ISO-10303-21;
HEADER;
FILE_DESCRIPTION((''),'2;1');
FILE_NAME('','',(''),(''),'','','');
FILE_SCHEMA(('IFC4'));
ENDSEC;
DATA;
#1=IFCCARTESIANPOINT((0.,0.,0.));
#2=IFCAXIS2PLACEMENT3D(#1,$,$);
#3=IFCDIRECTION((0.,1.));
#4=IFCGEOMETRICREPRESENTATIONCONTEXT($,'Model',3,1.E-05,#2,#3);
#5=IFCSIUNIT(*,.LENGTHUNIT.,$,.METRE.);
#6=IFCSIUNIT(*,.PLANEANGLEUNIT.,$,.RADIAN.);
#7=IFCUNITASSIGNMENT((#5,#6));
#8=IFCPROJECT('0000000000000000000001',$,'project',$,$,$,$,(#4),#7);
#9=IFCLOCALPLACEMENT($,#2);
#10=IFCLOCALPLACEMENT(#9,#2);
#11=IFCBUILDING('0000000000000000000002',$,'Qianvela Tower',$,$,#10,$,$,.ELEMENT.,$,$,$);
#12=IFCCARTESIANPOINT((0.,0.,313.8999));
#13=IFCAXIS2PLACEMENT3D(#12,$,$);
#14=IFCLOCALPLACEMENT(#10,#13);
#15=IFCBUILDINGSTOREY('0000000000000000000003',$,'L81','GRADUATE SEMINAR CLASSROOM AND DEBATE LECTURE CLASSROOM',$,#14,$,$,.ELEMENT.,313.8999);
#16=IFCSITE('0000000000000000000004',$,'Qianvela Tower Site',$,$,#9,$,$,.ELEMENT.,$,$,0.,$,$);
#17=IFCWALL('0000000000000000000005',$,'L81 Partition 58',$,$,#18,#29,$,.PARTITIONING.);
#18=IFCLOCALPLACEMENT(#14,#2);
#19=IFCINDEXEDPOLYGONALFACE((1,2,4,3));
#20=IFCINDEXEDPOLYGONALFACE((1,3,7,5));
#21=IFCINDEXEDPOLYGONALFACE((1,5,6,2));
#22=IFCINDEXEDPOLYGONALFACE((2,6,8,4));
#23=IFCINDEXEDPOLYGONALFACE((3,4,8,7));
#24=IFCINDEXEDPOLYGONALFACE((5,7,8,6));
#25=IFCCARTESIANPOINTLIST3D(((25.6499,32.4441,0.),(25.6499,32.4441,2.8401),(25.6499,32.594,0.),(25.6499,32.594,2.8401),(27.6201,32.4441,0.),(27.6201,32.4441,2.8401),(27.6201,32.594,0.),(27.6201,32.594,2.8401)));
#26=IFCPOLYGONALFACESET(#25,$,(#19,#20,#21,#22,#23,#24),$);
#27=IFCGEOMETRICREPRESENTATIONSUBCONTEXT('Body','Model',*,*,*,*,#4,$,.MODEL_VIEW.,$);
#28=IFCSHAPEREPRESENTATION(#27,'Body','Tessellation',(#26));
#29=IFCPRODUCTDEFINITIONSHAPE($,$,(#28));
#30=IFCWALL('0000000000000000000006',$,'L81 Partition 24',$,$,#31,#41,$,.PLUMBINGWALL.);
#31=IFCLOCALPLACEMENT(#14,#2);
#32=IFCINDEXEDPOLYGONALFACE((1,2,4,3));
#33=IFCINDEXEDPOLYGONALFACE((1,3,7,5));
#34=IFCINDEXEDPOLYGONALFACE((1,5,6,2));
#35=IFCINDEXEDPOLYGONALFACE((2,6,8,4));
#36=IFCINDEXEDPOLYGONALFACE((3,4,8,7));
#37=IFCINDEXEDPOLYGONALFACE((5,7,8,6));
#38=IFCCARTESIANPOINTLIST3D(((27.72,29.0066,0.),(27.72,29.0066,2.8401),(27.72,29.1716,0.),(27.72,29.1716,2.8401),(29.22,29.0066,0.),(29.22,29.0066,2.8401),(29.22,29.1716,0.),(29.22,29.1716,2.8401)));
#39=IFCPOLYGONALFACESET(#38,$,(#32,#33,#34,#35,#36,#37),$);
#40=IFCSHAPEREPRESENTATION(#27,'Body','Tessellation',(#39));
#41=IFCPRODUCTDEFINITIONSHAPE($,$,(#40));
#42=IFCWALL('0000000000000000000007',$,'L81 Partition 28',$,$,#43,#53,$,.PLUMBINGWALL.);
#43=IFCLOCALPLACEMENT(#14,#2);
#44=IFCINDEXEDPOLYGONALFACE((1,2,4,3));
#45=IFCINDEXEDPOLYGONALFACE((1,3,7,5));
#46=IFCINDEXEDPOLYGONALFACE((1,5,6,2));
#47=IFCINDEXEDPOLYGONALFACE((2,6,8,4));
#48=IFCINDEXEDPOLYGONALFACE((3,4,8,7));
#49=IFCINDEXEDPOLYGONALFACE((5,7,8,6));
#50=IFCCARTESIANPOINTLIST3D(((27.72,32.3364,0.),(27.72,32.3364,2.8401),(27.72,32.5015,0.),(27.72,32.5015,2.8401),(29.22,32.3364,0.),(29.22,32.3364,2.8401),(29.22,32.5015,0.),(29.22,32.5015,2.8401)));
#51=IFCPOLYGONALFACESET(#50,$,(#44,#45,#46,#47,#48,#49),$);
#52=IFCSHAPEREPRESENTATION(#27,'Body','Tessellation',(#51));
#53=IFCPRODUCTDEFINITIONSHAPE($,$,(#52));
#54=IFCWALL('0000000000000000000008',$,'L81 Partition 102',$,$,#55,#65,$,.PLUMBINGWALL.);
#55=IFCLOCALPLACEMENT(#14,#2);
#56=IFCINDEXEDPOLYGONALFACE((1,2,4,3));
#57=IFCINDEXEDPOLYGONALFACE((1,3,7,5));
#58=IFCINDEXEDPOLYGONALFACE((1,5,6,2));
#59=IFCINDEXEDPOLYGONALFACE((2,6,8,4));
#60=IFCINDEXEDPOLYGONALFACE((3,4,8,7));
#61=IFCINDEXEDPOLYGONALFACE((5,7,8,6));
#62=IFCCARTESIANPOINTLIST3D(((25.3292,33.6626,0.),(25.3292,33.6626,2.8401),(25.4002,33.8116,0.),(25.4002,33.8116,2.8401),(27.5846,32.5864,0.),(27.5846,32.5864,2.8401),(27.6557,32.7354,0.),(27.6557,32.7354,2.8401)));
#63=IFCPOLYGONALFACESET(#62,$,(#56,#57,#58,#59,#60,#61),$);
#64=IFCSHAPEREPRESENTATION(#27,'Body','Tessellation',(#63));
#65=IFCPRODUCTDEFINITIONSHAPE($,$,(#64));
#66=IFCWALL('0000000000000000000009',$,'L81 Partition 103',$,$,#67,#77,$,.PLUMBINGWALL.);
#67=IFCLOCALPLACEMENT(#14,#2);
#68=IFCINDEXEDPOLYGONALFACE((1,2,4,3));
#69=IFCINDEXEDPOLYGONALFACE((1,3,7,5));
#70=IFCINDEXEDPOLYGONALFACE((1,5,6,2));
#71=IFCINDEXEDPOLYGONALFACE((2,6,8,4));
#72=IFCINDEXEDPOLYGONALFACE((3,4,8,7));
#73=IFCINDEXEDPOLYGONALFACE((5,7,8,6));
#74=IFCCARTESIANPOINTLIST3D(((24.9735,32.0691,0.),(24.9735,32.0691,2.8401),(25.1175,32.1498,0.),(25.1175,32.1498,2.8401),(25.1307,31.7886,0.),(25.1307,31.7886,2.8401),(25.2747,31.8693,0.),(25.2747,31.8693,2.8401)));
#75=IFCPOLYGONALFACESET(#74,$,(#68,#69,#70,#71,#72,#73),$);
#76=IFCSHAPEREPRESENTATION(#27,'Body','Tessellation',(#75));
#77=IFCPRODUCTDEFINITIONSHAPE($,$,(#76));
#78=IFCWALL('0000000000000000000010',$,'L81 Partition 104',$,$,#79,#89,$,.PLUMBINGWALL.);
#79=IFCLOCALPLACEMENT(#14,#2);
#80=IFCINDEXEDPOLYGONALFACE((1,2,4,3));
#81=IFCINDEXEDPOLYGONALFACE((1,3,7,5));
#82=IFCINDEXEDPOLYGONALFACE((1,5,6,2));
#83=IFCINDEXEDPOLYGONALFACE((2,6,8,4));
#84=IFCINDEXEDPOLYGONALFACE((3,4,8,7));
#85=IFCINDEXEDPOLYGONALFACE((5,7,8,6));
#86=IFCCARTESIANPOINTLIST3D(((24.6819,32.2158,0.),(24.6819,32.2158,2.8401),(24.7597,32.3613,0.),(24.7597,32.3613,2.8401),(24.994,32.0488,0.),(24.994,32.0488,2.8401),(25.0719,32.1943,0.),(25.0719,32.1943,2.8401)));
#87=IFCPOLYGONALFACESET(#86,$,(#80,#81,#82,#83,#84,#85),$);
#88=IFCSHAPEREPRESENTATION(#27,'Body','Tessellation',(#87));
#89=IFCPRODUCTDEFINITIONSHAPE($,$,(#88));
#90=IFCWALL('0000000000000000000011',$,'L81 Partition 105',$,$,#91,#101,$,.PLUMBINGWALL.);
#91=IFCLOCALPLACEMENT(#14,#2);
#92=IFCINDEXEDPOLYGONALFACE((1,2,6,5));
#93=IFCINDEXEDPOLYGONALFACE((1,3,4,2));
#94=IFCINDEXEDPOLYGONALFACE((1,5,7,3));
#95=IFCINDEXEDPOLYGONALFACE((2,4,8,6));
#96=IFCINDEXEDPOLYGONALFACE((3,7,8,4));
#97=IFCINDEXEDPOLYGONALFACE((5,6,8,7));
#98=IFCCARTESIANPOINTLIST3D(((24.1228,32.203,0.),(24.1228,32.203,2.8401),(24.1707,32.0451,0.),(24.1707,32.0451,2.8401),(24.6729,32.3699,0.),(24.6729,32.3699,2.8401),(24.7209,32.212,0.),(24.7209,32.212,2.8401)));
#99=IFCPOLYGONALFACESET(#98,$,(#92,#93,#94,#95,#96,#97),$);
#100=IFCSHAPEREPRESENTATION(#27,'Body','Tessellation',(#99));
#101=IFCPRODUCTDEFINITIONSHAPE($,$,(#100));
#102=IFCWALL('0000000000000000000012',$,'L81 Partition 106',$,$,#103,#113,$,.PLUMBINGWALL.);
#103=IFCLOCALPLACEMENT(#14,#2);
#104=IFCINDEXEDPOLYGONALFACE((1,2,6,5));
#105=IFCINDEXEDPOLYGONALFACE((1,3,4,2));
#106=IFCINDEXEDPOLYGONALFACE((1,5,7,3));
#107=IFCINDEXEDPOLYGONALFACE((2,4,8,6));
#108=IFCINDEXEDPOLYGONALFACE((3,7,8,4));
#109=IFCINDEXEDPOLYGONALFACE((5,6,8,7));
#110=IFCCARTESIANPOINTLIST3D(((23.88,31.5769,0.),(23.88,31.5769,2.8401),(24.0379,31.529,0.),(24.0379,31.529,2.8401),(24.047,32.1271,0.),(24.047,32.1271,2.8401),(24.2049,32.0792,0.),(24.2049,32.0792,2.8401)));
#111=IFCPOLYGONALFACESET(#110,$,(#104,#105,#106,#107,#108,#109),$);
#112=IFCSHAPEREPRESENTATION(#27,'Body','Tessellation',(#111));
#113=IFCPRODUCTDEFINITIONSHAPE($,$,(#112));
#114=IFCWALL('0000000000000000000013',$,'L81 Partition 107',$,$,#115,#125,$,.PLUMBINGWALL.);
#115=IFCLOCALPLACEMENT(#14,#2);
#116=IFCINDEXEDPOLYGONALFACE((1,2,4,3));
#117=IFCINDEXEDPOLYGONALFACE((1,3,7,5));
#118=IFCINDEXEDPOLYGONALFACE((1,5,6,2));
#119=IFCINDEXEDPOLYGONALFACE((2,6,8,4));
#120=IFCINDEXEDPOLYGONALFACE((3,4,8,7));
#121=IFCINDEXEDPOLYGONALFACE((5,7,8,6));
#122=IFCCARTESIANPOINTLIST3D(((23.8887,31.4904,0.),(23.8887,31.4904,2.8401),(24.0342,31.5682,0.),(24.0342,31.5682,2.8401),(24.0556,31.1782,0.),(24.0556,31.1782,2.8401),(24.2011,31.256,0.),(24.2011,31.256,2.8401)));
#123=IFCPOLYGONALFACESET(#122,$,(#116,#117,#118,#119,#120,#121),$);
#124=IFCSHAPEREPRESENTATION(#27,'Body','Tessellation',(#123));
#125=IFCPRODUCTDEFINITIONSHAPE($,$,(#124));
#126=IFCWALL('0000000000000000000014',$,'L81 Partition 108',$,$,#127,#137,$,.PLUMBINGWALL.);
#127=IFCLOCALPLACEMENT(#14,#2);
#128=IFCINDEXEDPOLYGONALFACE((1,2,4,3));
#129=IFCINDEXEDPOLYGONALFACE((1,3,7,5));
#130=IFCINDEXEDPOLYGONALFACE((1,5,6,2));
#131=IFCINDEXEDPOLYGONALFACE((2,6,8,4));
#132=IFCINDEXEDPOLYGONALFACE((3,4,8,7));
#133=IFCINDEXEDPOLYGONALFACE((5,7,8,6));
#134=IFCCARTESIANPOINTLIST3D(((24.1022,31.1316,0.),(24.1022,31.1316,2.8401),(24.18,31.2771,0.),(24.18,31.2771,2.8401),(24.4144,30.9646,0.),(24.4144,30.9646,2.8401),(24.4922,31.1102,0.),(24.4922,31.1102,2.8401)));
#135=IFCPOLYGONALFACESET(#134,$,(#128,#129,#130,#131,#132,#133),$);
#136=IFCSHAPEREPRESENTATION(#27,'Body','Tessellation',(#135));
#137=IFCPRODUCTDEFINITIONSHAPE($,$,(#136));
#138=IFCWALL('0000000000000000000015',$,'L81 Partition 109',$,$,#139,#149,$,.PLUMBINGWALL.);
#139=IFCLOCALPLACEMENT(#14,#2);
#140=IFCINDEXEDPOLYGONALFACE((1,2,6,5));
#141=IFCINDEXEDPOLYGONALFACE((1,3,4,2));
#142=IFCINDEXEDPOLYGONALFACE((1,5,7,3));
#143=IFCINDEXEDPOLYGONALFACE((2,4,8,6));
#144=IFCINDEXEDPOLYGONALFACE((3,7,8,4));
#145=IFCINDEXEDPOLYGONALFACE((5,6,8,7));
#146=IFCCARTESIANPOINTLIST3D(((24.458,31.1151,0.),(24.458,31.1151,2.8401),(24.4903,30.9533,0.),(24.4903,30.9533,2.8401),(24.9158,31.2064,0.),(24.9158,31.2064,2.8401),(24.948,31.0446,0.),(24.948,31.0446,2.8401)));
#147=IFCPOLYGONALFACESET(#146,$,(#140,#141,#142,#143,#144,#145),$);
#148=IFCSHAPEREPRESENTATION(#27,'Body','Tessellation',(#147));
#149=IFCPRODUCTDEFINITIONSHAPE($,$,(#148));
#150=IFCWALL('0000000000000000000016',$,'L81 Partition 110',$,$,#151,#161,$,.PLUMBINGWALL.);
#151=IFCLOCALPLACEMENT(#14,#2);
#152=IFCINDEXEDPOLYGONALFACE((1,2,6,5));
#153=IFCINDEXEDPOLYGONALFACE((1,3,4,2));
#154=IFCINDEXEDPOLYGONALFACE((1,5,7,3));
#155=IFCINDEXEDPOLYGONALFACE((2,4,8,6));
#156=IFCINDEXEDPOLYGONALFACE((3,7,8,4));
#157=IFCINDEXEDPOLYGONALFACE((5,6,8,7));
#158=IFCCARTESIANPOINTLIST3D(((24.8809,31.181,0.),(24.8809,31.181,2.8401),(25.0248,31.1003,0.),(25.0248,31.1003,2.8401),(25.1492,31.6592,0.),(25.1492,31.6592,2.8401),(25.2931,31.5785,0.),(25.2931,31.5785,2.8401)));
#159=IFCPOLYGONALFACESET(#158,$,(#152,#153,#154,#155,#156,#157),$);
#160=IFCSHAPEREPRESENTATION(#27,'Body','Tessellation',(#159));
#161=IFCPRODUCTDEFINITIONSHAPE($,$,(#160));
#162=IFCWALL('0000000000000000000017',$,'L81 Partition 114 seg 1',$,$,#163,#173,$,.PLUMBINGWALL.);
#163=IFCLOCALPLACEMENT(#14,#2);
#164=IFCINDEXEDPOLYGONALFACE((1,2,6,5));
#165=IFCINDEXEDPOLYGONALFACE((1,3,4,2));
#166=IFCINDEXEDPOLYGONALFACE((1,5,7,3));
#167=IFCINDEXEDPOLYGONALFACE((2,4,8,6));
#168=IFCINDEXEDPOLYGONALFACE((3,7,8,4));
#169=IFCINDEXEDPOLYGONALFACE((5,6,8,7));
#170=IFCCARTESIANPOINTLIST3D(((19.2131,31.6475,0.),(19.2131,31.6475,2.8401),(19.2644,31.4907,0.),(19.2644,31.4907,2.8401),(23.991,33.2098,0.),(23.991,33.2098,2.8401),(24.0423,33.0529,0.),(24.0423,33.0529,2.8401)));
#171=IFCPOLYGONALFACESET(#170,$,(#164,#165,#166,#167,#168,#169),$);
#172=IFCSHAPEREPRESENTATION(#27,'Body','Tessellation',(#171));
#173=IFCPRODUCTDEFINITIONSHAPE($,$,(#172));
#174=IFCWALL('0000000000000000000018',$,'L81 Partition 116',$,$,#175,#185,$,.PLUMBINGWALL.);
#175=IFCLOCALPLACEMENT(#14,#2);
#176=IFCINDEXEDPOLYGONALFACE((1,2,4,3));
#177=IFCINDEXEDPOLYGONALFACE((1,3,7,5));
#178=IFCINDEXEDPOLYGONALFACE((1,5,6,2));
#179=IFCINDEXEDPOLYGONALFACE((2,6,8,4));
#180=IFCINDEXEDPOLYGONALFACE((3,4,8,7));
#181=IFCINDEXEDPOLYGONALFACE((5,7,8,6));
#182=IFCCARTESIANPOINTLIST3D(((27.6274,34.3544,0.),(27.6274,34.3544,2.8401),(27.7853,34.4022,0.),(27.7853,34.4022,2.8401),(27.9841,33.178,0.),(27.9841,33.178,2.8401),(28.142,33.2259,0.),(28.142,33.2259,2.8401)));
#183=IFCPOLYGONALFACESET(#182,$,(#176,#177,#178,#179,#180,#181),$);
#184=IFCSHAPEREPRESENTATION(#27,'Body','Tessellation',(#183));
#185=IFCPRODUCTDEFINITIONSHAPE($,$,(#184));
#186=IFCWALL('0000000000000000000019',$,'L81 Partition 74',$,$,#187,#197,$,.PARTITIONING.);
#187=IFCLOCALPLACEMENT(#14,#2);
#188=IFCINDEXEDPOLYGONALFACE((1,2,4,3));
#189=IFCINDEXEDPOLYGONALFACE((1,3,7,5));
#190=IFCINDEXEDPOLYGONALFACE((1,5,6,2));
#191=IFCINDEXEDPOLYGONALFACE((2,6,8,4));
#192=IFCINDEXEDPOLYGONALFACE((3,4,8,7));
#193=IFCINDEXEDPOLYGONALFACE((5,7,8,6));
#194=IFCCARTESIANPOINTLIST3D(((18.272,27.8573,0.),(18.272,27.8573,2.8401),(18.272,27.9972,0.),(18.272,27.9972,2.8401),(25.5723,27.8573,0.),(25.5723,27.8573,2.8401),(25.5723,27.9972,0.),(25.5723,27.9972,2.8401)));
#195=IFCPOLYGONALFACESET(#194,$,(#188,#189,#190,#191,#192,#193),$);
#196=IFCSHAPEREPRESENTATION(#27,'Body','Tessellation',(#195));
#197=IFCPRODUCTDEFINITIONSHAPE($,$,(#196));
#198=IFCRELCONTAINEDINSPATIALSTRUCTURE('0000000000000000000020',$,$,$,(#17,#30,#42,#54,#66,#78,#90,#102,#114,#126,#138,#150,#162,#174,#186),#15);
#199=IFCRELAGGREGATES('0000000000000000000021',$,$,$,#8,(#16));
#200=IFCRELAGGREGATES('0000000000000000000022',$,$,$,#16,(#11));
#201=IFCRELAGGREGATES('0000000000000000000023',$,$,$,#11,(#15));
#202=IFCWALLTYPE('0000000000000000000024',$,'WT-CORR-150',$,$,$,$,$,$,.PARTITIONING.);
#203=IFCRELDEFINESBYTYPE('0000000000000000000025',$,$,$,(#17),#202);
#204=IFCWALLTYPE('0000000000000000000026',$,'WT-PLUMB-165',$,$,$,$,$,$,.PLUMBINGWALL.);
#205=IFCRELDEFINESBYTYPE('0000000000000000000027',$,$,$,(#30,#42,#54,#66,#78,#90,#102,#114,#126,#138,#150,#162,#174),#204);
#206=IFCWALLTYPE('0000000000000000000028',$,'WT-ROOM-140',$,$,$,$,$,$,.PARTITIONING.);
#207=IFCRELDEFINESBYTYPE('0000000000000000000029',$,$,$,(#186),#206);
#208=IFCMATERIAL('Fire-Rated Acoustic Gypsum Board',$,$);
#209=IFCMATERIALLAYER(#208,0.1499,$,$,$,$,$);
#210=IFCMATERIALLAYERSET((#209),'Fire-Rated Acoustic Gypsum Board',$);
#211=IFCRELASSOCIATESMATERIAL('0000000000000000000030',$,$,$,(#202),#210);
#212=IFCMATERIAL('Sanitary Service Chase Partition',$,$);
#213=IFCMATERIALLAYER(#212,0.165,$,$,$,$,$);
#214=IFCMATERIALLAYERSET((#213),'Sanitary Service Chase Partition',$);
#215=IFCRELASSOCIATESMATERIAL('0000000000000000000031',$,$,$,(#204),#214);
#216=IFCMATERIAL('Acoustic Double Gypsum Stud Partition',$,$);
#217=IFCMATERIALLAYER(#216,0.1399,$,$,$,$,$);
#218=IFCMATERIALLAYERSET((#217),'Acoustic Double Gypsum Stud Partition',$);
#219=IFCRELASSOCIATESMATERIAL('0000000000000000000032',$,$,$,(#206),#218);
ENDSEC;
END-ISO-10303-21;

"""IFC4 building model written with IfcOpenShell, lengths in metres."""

from ifc_helpers import new_model, si_unit, direction, frame, frame_2d, origin, place, context, subcontext, project, spatial, rectangle, extrude, material, layer, layer_set, type_object, element, save


model = new_model("IFC4")

# Units and contexts
model_context = context("Model", 3, precision=1e-05, world=origin(), true_north=direction((0.0, 1.0)))
body_context = subcontext(model_context, "Body", "Model", "MODEL_VIEW")
ifc_project = project(units=[si_unit("LENGTHUNIT", "METRE"), si_unit("PLANEANGLEUNIT", "RADIAN")], contexts=[model_context])

# Site, building, storey
site_placement = place(None, origin())
site = spatial("IfcSite", under=ifc_project, at=site_placement, Name="Qianvela Tower Site", CompositionType="ELEMENT", RefElevation=0.0)
building_placement = place(site_placement, origin())
building = spatial("IfcBuilding", under=site, at=building_placement, Name="Qianvela Tower", CompositionType="ELEMENT")
storey_placement = place(building_placement, frame((0.0, 0.0, 313.8999)))
storey = spatial("IfcBuildingStorey", under=building, at=storey_placement, Name="L81", Description="GRADUATE SEMINAR CLASSROOM AND DEBATE LECTURE CLASSROOM", CompositionType="ELEMENT", Elevation=313.8999)

# Walls
ifc_material_1 = material(Name="Fire-Rated Acoustic Gypsum Board")
ifc_layer_1 = layer(ifc_material_1, 0.1499)
ifc_layer_set_1 = layer_set([ifc_layer_1], Name="Fire-Rated Acoustic Gypsum Board")
wall_type_1 = type_object("IfcWallType", Name="WT-CORR-150", PredefinedType="PARTITIONING", material=ifc_layer_set_1)
wall_1_placement = place(storey_placement, frame((25.6499, 32.519, 0.0), z_axis=(0.0, 0.0, 1.0), x_axis=(1.0, 0.0, 0.0)))
element("IfcWall", 1, at=wall_1_placement, inside=storey, type_object=wall_type_1, Name="L81 Partition 58", PredefinedType="PARTITIONING", context=body_context, shape_type="SweptSolid", body=[
    extrude(rectangle(XDim=1.9702, YDim=0.1499, at=frame_2d((0.9851, 0.0))), origin(), (0.0, 0.0, 1.0), 2.8401),
])
ifc_material_2 = material(Name="Sanitary Service Chase Partition")
ifc_layer_2 = layer(ifc_material_2, 0.165)
ifc_layer_set_2 = layer_set([ifc_layer_2], Name="Sanitary Service Chase Partition")
wall_type_2 = type_object("IfcWallType", Name="WT-PLUMB-165", PredefinedType="PLUMBINGWALL", material=ifc_layer_set_2)
for number, where, z_axis, x_axis, name in (
    (2, (27.72, 29.0891, 0.0), (0.0, 0.0, 1.0), (1.0, 0.0, 0.0), "L81 Partition 24"),
    (3, (27.72, 32.4189, 0.0), (0.0, 0.0, 1.0), (1.0, 0.0, 0.0), "L81 Partition 28"),
):
    element("IfcWall", number, at=place(storey_placement, frame(where, z_axis=z_axis, x_axis=x_axis)), inside=storey, type_object=wall_type_2, Name=name, PredefinedType="PLUMBINGWALL", context=body_context, shape_type="SweptSolid", body=[
        extrude(rectangle(XDim=1.5, YDim=0.165, at=frame_2d((0.75, 0.0))), origin(), (0.0, 0.0, 1.0), 2.8401),
    ])
wall_2_placement = place(storey_placement, frame((27.6201, 32.6609, 0.0), z_axis=(0.0, 0.0, 1.0), x_axis=(-0.902521, 0.430646, 0.0)))
element("IfcWall", 4, at=wall_2_placement, inside=storey, type_object=wall_type_2, Name="L81 Partition 102", PredefinedType="PLUMBINGWALL", context=body_context, shape_type="SweptSolid", body=[
    extrude(rectangle(XDim=2.499, YDim=0.165, at=frame_2d((1.2495, 0.0))), origin(), (0.0, 0.0, 1.0), 2.8401),
])
wall_3_placement = place(storey_placement, frame((25.2026, 31.8291, 0.0), z_axis=(0.0, 0.0, 1.0), x_axis=(-0.488927, 0.872325, 0.0)))
element("IfcWall", 5, at=wall_3_placement, inside=storey, type_object=wall_type_2, Name="L81 Partition 103", PredefinedType="PLUMBINGWALL", context=body_context, shape_type="SweptSolid", body=[
    extrude(rectangle(XDim=0.3215, YDim=0.165, at=frame_2d((0.1606, 0.0))), origin(), (0.0, 0.0, 1.0), 2.8401),
])
wall_4_placement = place(storey_placement, frame((25.033, 32.1216, 0.0), z_axis=(0.0, 0.0, 1.0), x_axis=(-0.881818, 0.47159, 0.0)))
element("IfcWall", 6, at=wall_4_placement, inside=storey, type_object=wall_type_2, Name="L81 Partition 104", PredefinedType="PLUMBINGWALL", context=body_context, shape_type="SweptSolid", body=[
    extrude(rectangle(XDim=0.354, YDim=0.165, at=frame_2d((0.177, 0.0))), origin(), (0.0, 0.0, 1.0), 2.8401),
])
for number, where, z_axis, x_axis, name in (
    (7, (24.697, 32.291, 0.0), (0.0, 0.0, 1.0), (-0.95691, -0.290384, 0.0), "L81 Partition 105"),
    (8, (24.126, 32.1033, 0.0), (0.0, 0.0, 1.0), (-0.290384, -0.95691, 0.0), "L81 Partition 106"),
):
    element("IfcWall", number, at=place(storey_placement, frame(where, z_axis=z_axis, x_axis=x_axis)), inside=storey, type_object=wall_type_2, Name=name, PredefinedType="PLUMBINGWALL", context=body_context, shape_type="SweptSolid", body=[
        extrude(rectangle(XDim=0.575, YDim=0.165, at=frame_2d((0.2876, 0.0))), origin(), (0.0, 0.0, 1.0), 2.8401),
    ])
for number, where, z_axis, x_axis, name in (
    (9, (23.9614, 31.5293, 0.0), (0.0, 0.0, 1.0), (0.47159, -0.881818, 0.0), "L81 Partition 107"),
    (10, (24.1411, 31.2043, 0.0), (0.0, 0.0, 1.0), (0.881818, -0.47159, 0.0), "L81 Partition 108"),
):
    element("IfcWall", number, at=place(storey_placement, frame(where, z_axis=z_axis, x_axis=x_axis)), inside=storey, type_object=wall_type_2, Name=name, PredefinedType="PLUMBINGWALL", context=body_context, shape_type="SweptSolid", body=[
        extrude(rectangle(XDim=0.354, YDim=0.165, at=frame_2d((0.177, 0.0))), origin(), (0.0, 0.0, 1.0), 2.8401),
    ])
wall_5_placement = place(storey_placement, frame((24.4741, 31.0342, 0.0), z_axis=(0.0, 0.0, 1.0), x_axis=(0.980681, 0.195613, 0.0)))
element("IfcWall", 11, at=wall_5_placement, inside=storey, type_object=wall_type_2, Name="L81 Partition 109", PredefinedType="PLUMBINGWALL", context=body_context, shape_type="SweptSolid", body=[
    extrude(rectangle(XDim=0.4668, YDim=0.165, at=frame_2d((0.2334, 0.0))), origin(), (0.0, 0.0, 1.0), 2.8401),
])
wall_6_placement = place(storey_placement, frame((24.9529, 31.1406, 0.0), z_axis=(0.0, 0.0, 1.0), x_axis=(0.489267, 0.872134, 0.0)))
element("IfcWall", 12, at=wall_6_placement, inside=storey, type_object=wall_type_2, Name="L81 Partition 110", PredefinedType="PLUMBINGWALL", context=body_context, shape_type="SweptSolid", body=[
    extrude(rectangle(XDim=0.5483, YDim=0.165, at=frame_2d((0.2742, 0.0))), origin(), (0.0, 0.0, 1.0), 2.8401),
])
wall_7_placement = place(storey_placement, frame((19.2388, 31.5691, 0.0), z_axis=(0.0, 0.0, 1.0), x_axis=(0.950479, 0.310788, 0.0)))
element("IfcWall", 13, at=wall_7_placement, inside=storey, type_object=wall_type_2, Name="L81 Partition 114 seg 1", PredefinedType="PLUMBINGWALL", context=body_context, shape_type="SweptSolid", body=[
    extrude(rectangle(XDim=5.0269, YDim=0.165, at=frame_2d((2.5134, 0.0))), origin(), (0.0, 0.0, 1.0), 2.8401),
])
wall_8_placement = place(storey_placement, frame((27.7063, 34.3784, 0.0), z_axis=(0.0, 0.0, 1.0), x_axis=(0.290189, -0.956969, 0.0)))
element("IfcWall", 14, at=wall_8_placement, inside=storey, type_object=wall_type_2, Name="L81 Partition 116", PredefinedType="PLUMBINGWALL", context=body_context, shape_type="SweptSolid", body=[
    extrude(rectangle(XDim=1.2292, YDim=0.165, at=frame_2d((0.6147, 0.0))), origin(), (0.0, 0.0, 1.0), 2.8401),
])
ifc_material_3 = material(Name="Acoustic Double Gypsum Stud Partition")
ifc_layer_3 = layer(ifc_material_3, 0.1399)
ifc_layer_set_3 = layer_set([ifc_layer_3], Name="Acoustic Double Gypsum Stud Partition")
wall_type_3 = type_object("IfcWallType", Name="WT-ROOM-140", PredefinedType="PARTITIONING", material=ifc_layer_set_3)
wall_9_placement = place(storey_placement, frame((18.272, 27.9272, 0.0), z_axis=(0.0, 0.0, 1.0), x_axis=(1.0, 0.0, 0.0)))
element("IfcWall", 15, at=wall_9_placement, inside=storey, type_object=wall_type_3, Name="L81 Partition 74", PredefinedType="PARTITIONING", context=body_context, shape_type="SweptSolid", body=[
    extrude(rectangle(XDim=7.3003, YDim=0.1399, at=frame_2d((3.6501, 0.0))), origin(), (0.0, 0.0, 1.0), 2.8401),
])

save(model, "model.ifc")
